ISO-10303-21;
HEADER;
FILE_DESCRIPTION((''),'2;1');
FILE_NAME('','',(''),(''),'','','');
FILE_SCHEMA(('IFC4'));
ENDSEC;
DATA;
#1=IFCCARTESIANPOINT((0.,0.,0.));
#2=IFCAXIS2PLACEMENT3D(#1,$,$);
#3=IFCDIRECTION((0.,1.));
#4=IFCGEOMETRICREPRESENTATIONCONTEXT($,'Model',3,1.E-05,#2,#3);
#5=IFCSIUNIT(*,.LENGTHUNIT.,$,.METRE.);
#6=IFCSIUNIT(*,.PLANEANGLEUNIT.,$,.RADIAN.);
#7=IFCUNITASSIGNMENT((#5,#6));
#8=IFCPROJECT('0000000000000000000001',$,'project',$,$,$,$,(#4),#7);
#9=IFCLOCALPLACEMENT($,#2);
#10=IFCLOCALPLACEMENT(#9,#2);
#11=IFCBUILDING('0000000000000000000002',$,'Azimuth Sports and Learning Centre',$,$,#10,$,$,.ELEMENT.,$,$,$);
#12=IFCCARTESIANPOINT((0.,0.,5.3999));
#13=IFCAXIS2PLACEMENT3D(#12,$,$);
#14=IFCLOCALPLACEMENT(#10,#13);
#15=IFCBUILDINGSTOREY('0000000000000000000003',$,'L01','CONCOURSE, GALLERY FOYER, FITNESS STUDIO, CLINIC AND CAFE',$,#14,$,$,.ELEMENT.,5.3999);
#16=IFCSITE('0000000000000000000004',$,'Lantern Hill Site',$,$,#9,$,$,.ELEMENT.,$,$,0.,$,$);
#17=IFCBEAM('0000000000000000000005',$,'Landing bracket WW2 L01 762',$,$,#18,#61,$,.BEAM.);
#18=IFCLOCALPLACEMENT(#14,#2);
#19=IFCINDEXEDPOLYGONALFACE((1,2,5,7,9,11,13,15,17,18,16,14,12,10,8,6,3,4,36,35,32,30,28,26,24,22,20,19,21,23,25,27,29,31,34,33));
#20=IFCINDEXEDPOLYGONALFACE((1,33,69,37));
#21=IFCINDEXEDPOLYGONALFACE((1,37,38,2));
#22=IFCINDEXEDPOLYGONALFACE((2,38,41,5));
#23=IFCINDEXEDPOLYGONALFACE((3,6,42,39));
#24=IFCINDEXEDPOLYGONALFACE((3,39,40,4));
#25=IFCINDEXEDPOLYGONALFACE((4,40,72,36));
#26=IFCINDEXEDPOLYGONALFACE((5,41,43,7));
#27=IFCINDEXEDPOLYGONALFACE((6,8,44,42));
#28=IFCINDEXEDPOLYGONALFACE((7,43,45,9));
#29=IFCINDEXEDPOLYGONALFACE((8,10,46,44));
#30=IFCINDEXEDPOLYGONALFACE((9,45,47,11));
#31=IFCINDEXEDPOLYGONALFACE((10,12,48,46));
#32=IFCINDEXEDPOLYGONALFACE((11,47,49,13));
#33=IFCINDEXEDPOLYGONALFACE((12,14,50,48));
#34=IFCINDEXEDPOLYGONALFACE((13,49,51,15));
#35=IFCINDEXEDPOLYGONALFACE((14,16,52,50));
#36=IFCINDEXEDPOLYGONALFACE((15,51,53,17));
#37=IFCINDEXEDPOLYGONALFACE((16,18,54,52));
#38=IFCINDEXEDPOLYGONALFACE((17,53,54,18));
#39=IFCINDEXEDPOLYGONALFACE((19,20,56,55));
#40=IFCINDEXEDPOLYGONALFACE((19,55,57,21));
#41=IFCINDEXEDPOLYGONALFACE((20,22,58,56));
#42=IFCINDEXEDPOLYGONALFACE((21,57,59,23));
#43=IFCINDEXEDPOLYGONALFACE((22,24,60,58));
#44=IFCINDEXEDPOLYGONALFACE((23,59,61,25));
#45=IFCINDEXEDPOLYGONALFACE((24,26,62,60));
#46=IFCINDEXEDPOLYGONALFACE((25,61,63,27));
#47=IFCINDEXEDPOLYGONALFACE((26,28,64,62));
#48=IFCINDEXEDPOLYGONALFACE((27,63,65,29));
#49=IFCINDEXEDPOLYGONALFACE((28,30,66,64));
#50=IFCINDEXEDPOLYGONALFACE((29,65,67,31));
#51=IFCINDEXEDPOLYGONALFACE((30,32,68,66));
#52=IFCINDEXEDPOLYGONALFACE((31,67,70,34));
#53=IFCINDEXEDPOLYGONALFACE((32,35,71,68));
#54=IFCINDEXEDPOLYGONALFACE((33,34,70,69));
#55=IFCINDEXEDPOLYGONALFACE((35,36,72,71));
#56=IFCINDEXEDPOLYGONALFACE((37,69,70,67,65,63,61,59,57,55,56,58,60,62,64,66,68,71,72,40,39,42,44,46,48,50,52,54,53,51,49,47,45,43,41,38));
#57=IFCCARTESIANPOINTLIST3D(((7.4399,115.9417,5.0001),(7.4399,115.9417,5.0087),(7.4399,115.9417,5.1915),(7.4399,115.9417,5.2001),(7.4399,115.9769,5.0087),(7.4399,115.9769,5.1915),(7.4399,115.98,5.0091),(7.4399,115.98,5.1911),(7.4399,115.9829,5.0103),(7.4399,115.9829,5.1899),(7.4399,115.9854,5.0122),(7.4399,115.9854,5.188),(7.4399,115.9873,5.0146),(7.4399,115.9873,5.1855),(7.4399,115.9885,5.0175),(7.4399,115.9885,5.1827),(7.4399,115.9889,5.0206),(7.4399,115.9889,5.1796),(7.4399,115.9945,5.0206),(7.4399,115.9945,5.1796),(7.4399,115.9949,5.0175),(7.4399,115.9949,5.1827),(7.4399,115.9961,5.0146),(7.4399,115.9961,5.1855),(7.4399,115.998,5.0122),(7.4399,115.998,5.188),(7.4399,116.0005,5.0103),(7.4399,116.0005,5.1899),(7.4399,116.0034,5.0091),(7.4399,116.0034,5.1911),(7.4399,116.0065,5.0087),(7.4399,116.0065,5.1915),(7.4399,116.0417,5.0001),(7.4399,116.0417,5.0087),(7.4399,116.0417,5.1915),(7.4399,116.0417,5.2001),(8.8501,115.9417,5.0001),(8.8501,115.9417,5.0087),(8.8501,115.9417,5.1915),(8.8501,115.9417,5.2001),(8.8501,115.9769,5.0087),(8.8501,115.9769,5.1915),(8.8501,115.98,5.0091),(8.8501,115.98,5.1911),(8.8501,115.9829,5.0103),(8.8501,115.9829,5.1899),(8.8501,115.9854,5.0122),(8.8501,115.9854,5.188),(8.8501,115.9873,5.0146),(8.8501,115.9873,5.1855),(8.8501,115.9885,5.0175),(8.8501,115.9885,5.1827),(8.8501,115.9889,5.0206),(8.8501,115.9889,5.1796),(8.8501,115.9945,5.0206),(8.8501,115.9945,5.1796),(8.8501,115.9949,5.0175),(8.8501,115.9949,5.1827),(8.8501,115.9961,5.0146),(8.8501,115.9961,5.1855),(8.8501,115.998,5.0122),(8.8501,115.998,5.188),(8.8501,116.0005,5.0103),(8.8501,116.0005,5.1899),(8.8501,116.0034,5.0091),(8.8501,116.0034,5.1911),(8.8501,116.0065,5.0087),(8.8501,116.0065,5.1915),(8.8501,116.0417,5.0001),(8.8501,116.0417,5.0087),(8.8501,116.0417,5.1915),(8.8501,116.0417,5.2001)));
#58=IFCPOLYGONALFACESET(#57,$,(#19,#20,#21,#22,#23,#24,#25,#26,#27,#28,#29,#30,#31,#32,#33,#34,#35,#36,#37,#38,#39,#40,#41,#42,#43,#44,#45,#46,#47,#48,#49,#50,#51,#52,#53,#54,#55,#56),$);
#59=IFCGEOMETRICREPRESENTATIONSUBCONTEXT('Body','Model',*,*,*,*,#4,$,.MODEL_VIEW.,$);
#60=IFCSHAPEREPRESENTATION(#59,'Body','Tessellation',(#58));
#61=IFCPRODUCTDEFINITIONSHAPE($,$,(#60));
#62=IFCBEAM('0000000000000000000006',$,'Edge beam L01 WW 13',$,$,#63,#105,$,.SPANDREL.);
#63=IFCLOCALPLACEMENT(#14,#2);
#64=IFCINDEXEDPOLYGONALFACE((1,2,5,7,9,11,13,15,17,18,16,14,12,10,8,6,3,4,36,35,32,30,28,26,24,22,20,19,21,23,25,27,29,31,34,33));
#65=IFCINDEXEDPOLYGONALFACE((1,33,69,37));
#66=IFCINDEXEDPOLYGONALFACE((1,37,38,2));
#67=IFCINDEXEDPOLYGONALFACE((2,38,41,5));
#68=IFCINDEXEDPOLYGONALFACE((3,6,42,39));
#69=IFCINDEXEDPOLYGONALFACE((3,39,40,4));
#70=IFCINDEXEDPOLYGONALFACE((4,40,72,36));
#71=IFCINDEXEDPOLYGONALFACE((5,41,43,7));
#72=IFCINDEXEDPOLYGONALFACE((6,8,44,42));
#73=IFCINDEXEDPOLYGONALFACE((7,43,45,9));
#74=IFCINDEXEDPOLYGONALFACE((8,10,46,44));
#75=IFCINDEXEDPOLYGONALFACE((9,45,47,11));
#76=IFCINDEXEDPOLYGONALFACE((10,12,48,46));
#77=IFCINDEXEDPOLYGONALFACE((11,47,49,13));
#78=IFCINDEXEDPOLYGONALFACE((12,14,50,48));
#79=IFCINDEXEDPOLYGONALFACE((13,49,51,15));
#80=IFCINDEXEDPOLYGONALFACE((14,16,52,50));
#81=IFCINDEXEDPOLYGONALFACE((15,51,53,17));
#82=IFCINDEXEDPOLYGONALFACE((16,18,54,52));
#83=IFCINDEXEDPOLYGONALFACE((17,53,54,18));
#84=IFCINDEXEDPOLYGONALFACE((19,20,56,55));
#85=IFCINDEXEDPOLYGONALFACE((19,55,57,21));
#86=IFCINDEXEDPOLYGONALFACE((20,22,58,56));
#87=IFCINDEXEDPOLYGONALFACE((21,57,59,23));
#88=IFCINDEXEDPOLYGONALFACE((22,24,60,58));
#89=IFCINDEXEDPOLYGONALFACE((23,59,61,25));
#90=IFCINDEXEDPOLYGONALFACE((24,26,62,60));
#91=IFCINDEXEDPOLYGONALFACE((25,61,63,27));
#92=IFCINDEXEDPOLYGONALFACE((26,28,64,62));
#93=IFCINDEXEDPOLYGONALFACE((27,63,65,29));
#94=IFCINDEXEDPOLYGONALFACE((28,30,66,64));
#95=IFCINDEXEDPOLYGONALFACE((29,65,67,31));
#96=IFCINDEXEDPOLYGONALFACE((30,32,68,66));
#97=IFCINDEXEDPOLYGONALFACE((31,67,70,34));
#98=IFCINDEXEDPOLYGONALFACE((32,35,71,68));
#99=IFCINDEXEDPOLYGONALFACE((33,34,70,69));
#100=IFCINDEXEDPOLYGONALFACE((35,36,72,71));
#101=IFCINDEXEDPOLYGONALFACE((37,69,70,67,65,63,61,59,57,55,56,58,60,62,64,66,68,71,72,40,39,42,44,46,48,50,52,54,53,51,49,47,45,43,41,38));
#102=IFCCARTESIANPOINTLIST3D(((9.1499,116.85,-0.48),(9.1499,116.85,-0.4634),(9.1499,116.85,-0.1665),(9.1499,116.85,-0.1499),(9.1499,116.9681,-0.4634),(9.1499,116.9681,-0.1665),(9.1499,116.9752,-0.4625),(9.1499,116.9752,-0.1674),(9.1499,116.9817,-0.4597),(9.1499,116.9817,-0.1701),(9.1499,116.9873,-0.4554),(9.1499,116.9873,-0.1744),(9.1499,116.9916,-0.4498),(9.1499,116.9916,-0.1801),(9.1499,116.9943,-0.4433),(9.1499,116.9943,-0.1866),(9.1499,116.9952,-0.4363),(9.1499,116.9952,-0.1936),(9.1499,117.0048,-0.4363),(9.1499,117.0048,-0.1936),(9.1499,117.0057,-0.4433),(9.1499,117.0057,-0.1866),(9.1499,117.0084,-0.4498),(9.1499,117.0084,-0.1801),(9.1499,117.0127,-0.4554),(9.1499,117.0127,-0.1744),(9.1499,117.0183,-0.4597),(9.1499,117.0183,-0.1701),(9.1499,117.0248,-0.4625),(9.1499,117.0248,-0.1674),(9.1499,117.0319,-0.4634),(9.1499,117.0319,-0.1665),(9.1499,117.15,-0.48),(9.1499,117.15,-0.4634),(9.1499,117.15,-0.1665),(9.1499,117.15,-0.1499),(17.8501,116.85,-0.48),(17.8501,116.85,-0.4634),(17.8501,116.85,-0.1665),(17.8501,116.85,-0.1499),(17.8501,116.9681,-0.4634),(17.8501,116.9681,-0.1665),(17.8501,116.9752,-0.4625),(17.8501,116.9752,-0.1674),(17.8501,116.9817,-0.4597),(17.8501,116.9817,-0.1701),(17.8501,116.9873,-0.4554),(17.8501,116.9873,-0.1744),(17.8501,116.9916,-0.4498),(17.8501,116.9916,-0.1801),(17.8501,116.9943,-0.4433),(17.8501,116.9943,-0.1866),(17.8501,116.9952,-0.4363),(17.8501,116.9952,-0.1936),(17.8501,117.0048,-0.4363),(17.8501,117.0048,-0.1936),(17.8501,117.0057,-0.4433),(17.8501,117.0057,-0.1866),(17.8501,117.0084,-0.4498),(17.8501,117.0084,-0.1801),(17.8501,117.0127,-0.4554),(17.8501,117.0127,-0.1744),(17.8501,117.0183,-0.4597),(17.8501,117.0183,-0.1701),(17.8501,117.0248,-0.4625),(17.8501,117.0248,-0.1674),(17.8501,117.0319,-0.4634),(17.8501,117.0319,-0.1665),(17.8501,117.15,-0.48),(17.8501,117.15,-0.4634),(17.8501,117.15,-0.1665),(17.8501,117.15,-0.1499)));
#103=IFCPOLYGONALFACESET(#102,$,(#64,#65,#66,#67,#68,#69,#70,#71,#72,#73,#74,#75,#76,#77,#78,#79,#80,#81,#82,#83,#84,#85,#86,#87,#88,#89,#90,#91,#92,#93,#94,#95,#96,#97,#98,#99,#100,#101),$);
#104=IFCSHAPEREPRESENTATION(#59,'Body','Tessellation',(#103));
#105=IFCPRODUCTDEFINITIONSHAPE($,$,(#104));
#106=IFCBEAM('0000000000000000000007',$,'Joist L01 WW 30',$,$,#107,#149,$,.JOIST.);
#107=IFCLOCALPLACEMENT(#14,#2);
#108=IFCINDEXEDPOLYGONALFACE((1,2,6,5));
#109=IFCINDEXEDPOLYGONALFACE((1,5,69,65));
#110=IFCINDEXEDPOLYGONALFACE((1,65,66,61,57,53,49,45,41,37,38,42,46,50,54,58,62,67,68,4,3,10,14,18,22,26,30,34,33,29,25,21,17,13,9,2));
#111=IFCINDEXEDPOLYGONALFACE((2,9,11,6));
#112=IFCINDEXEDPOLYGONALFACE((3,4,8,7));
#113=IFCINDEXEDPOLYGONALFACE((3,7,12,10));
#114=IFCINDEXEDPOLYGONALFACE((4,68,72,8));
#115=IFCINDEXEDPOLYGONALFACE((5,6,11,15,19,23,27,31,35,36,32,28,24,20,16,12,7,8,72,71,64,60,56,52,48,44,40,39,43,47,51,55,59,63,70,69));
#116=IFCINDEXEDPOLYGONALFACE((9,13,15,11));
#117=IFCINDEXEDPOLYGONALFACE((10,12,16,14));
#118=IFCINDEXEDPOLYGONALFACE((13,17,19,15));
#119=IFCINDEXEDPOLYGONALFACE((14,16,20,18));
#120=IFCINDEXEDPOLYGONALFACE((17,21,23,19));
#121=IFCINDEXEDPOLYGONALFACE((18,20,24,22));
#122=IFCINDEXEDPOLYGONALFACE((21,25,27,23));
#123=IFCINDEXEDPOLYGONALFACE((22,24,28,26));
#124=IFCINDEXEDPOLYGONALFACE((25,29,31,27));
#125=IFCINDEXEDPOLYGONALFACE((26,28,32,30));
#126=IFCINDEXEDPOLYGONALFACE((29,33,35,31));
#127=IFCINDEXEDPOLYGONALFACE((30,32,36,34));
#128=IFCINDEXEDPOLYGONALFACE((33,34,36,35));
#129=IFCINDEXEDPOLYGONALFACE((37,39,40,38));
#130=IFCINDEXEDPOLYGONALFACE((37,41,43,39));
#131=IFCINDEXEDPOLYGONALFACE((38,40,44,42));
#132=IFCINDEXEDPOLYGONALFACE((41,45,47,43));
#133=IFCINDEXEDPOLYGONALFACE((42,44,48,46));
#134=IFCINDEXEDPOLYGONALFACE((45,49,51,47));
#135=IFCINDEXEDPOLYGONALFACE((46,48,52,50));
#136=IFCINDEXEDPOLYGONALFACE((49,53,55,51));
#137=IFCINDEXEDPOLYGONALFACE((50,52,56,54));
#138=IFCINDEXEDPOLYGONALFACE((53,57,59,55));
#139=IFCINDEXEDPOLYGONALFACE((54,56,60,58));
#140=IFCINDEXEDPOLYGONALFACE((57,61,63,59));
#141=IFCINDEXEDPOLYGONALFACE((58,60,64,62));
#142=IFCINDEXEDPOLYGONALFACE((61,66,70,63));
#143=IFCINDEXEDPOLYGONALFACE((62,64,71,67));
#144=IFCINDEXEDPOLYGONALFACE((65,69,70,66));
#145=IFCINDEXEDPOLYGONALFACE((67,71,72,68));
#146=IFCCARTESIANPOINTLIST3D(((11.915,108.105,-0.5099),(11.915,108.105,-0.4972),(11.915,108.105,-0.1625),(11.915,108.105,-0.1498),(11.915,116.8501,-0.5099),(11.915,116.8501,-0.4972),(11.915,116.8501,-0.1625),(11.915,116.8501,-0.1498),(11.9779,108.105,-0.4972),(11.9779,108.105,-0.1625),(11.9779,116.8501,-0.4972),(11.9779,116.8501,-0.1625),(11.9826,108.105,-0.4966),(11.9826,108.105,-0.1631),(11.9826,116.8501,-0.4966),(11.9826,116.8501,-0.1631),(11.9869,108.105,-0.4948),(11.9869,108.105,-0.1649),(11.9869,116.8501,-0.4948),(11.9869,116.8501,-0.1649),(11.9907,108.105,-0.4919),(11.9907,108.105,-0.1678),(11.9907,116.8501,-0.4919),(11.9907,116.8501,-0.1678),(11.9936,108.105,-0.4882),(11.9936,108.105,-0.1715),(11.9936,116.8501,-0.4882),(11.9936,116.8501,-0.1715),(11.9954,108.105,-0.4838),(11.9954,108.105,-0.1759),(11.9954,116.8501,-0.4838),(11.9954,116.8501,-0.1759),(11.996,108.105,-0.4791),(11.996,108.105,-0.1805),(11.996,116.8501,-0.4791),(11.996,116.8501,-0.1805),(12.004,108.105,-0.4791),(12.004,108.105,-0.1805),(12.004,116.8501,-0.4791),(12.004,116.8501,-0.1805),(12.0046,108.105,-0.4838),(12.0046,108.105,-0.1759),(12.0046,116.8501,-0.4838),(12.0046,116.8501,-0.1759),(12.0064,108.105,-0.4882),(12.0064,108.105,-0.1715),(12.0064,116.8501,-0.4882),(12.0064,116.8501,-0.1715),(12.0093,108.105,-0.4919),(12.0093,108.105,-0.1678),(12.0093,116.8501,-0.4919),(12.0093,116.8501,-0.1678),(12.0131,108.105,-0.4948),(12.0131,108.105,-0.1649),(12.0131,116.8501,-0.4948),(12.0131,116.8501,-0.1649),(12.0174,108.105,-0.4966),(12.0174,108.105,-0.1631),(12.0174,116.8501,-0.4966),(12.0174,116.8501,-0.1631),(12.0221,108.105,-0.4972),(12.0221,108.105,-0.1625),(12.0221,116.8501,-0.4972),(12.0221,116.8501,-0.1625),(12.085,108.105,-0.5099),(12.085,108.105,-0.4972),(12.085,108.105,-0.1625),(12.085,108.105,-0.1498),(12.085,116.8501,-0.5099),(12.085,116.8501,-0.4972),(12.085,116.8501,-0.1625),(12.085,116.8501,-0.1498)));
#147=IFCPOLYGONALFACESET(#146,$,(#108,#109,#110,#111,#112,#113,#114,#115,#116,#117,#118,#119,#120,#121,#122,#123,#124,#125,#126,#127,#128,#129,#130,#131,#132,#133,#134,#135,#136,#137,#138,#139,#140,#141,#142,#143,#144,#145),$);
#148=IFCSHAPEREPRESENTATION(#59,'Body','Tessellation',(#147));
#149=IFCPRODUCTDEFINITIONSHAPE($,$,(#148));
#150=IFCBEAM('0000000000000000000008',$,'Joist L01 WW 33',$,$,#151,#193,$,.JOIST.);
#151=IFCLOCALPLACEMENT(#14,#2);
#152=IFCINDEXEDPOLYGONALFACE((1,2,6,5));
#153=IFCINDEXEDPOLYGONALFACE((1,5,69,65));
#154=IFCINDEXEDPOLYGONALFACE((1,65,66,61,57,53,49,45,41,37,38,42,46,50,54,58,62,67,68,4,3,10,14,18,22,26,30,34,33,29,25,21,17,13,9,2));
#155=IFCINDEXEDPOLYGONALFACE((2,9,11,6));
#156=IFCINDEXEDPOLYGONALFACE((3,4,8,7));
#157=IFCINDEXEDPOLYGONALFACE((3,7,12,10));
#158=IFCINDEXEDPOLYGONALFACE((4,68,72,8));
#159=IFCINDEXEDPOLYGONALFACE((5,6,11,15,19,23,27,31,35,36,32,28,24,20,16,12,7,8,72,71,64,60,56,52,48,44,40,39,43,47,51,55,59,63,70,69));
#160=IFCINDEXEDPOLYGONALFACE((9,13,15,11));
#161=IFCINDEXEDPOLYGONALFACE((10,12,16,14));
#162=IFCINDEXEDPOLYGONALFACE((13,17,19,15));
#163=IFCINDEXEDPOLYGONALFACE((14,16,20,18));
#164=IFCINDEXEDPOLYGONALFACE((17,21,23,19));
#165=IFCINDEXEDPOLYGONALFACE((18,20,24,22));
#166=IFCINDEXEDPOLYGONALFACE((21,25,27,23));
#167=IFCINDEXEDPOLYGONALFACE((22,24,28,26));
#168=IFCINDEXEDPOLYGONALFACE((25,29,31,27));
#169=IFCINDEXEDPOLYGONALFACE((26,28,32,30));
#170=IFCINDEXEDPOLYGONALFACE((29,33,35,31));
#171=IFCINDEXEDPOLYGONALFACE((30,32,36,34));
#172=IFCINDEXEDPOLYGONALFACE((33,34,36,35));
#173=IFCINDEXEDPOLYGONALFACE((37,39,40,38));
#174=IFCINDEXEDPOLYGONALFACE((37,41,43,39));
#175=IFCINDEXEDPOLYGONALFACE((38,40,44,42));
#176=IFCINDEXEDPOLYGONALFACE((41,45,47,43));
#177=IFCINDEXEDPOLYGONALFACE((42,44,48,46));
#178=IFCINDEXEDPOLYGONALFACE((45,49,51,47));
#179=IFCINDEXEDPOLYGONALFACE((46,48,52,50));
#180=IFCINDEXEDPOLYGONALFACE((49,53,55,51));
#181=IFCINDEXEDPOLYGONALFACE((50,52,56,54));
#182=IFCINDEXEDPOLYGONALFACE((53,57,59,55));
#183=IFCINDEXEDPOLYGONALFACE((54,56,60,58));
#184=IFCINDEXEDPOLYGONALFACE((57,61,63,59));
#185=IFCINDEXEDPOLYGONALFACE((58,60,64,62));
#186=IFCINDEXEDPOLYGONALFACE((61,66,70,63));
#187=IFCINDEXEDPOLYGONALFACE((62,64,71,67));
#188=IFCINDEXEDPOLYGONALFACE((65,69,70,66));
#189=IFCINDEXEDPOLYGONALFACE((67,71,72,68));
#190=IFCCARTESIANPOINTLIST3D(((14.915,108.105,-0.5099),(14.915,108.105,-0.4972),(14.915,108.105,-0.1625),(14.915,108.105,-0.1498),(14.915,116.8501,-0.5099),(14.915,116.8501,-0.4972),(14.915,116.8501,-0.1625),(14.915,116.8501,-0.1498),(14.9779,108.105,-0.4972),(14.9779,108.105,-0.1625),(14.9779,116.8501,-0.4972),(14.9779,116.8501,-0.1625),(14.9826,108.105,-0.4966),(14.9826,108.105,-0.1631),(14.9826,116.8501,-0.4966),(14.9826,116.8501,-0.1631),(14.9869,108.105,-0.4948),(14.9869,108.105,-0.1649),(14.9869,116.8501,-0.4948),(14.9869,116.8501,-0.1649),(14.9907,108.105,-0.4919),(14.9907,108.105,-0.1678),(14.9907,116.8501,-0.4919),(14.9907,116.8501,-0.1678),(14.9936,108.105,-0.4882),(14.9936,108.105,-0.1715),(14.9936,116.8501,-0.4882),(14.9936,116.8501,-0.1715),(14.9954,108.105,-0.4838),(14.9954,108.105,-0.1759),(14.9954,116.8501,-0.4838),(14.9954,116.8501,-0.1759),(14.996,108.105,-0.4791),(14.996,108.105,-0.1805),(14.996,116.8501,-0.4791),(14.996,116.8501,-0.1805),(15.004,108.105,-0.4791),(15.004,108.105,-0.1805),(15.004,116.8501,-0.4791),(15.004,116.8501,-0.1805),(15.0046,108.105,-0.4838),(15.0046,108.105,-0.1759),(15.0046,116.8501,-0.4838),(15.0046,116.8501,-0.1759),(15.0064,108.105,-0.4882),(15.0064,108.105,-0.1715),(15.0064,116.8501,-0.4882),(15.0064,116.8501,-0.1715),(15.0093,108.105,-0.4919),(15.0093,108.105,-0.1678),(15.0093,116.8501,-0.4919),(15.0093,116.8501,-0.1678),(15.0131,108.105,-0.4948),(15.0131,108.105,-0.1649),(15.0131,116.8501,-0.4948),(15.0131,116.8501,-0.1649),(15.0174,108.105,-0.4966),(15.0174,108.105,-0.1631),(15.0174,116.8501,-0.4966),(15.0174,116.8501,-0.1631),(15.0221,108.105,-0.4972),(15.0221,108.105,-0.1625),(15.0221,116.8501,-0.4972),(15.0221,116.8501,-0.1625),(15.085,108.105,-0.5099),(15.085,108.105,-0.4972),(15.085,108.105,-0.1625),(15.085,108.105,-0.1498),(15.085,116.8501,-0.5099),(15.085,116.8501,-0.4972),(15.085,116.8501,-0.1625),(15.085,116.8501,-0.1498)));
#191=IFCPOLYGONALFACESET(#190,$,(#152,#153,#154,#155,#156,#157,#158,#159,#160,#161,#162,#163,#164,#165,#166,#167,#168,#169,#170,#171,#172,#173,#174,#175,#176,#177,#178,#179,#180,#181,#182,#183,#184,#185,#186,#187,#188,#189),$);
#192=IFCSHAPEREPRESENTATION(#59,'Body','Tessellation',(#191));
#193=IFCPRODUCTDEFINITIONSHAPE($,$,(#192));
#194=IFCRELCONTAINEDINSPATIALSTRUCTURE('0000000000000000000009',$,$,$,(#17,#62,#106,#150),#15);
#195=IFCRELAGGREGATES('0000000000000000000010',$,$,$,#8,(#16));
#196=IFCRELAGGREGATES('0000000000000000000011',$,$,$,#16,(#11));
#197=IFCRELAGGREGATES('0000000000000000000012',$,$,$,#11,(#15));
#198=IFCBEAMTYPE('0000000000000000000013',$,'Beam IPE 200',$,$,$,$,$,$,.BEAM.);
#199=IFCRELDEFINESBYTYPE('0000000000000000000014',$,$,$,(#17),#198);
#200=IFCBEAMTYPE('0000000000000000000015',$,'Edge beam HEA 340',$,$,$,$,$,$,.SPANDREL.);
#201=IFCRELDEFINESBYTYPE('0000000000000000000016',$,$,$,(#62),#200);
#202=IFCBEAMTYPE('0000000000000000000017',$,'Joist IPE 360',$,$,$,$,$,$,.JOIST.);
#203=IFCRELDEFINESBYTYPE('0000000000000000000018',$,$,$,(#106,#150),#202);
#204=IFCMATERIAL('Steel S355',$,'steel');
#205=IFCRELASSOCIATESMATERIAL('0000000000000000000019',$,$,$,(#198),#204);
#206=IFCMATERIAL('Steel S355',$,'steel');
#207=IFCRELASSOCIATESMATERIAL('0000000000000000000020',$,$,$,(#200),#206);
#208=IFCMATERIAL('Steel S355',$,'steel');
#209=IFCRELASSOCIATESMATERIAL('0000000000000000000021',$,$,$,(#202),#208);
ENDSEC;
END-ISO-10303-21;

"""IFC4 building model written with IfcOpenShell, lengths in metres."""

from ifc_helpers import new_model, si_unit, direction, frame, origin, origin_2d, place, context, subcontext, project, spatial, i_section, extrude, material, material_profile, profile_set, type_object, element, save


model = new_model("IFC4")

# Units and contexts
model_context = context("Model", 3, precision=1e-05, world=origin(), true_north=direction((0.0, 1.0)))
body_context = subcontext(model_context, "Body", "Model", "MODEL_VIEW")
ifc_project = project(units=[si_unit("LENGTHUNIT", "METRE"), si_unit("PLANEANGLEUNIT", "RADIAN")], contexts=[model_context])

# Site, building, storey
site_placement = place(None, origin())
site = spatial("IfcSite", under=ifc_project, at=site_placement, Name="Lantern Hill Site", CompositionType="ELEMENT", RefElevation=0.0)
building_placement = place(site_placement, origin())
building = spatial("IfcBuilding", under=site, at=building_placement, Name="Azimuth Sports and Learning Centre", CompositionType="ELEMENT")
storey_placement = place(building_placement, frame((0.0, 0.0, 5.3999)))
storey = spatial("IfcBuildingStorey", under=building, at=storey_placement, Name="L01", Description="CONCOURSE, GALLERY FOYER, FITNESS STUDIO, CLINIC AND CAFE", CompositionType="ELEMENT", Elevation=5.3999)

# Beams
ifc_material_1 = material(Name="Steel S355", Category="steel")
ifc_material_profile_1 = material_profile(ifc_material_1, i_section(OverallWidth=0.1001, OverallDepth=0.2, WebThickness=0.0056, FlangeThickness=0.0085, FilletRadius=0.012, at=origin_2d()), Name="IPE 200")
ifc_profile_set_1 = profile_set([ifc_material_profile_1], Name="Steel S355")
beam_type_1 = type_object("IfcBeamType", Name="Beam IPE 200", PredefinedType="BEAM", material=ifc_profile_set_1)
for number, where, z_axis, x_axis, name in (
    (1, (8.8501, 115.9917, 5.1001), (-1.0, 0.0, 0.0), (0.0, -1.0, 0.0), "Landing bracket WW2 L01 762"),
):
    element("IfcBeam", number, at=place(storey_placement, frame(where, z_axis=z_axis, x_axis=x_axis)), inside=storey, type_object=beam_type_1, Name=name, PredefinedType="BEAM", context=body_context, shape_type="SweptSolid", body=[
        extrude(i_section(OverallWidth=0.1001, OverallDepth=0.2, WebThickness=0.0056, FlangeThickness=0.0085, FilletRadius=0.012, at=origin_2d()), origin(), (0.0, 0.0, 1.0), 1.4102),
    ])
ifc_material_2 = material(Name="Steel S355", Category="steel")
ifc_material_profile_2 = material_profile(ifc_material_2, i_section(OverallWidth=0.3, OverallDepth=0.3301, WebThickness=0.0095, FlangeThickness=0.0166, FilletRadius=0.0271, at=origin_2d()), Name="HEA 340")
ifc_profile_set_2 = profile_set([ifc_material_profile_2], Name="Steel S355")
beam_type_2 = type_object("IfcBeamType", Name="Edge beam HEA 340", PredefinedType="SPANDREL", material=ifc_profile_set_2)
beam_placement = place(storey_placement, frame((9.1499, 117.0, -0.3149), z_axis=(1.0, 0.0, 0.0), x_axis=(0.0, 1.0, 0.0)))
element("IfcBeam", 2, at=beam_placement, inside=storey, type_object=beam_type_2, Name="Edge beam L01 WW 13", PredefinedType="SPANDREL", context=body_context, shape_type="SweptSolid", body=[
    extrude(i_section(OverallWidth=0.3, OverallDepth=0.3301, WebThickness=0.0095, FlangeThickness=0.0166, FilletRadius=0.0271, at=origin_2d()), origin(), (0.0, 0.0, 1.0), 8.7002),
])
ifc_material_3 = material(Name="Steel S355", Category="steel")
ifc_material_profile_3 = material_profile(ifc_material_3, i_section(OverallWidth=0.1699, OverallDepth=0.3601, WebThickness=0.0081, FlangeThickness=0.0127, FilletRadius=0.0181, at=origin_2d()), Name="IPE 360")
ifc_profile_set_3 = profile_set([ifc_material_profile_3], Name="Steel S355")
beam_type_3 = type_object("IfcBeamType", Name="Joist IPE 360", PredefinedType="JOIST", material=ifc_profile_set_3)
for number, where, z_axis, x_axis, name in (
    (3, (12.0, 108.105, -0.3298), (0.0, 1.0, 0.0), (-1.0, 0.0, 0.0), "Joist L01 WW 30"),
    (4, (15.0, 108.105, -0.3298), (0.0, 1.0, 0.0), (-1.0, 0.0, 0.0), "Joist L01 WW 33"),
):
    element("IfcBeam", number, at=place(storey_placement, frame(where, z_axis=z_axis, x_axis=x_axis)), inside=storey, type_object=beam_type_3, Name=name, PredefinedType="JOIST", context=body_context, shape_type="SweptSolid", body=[
        extrude(i_section(OverallWidth=0.1699, OverallDepth=0.3601, WebThickness=0.0081, FlangeThickness=0.0127, FilletRadius=0.0181, at=origin_2d()), origin(), (0.0, 0.0, 1.0), 8.7451),
    ])

save(model, "model.ifc")
